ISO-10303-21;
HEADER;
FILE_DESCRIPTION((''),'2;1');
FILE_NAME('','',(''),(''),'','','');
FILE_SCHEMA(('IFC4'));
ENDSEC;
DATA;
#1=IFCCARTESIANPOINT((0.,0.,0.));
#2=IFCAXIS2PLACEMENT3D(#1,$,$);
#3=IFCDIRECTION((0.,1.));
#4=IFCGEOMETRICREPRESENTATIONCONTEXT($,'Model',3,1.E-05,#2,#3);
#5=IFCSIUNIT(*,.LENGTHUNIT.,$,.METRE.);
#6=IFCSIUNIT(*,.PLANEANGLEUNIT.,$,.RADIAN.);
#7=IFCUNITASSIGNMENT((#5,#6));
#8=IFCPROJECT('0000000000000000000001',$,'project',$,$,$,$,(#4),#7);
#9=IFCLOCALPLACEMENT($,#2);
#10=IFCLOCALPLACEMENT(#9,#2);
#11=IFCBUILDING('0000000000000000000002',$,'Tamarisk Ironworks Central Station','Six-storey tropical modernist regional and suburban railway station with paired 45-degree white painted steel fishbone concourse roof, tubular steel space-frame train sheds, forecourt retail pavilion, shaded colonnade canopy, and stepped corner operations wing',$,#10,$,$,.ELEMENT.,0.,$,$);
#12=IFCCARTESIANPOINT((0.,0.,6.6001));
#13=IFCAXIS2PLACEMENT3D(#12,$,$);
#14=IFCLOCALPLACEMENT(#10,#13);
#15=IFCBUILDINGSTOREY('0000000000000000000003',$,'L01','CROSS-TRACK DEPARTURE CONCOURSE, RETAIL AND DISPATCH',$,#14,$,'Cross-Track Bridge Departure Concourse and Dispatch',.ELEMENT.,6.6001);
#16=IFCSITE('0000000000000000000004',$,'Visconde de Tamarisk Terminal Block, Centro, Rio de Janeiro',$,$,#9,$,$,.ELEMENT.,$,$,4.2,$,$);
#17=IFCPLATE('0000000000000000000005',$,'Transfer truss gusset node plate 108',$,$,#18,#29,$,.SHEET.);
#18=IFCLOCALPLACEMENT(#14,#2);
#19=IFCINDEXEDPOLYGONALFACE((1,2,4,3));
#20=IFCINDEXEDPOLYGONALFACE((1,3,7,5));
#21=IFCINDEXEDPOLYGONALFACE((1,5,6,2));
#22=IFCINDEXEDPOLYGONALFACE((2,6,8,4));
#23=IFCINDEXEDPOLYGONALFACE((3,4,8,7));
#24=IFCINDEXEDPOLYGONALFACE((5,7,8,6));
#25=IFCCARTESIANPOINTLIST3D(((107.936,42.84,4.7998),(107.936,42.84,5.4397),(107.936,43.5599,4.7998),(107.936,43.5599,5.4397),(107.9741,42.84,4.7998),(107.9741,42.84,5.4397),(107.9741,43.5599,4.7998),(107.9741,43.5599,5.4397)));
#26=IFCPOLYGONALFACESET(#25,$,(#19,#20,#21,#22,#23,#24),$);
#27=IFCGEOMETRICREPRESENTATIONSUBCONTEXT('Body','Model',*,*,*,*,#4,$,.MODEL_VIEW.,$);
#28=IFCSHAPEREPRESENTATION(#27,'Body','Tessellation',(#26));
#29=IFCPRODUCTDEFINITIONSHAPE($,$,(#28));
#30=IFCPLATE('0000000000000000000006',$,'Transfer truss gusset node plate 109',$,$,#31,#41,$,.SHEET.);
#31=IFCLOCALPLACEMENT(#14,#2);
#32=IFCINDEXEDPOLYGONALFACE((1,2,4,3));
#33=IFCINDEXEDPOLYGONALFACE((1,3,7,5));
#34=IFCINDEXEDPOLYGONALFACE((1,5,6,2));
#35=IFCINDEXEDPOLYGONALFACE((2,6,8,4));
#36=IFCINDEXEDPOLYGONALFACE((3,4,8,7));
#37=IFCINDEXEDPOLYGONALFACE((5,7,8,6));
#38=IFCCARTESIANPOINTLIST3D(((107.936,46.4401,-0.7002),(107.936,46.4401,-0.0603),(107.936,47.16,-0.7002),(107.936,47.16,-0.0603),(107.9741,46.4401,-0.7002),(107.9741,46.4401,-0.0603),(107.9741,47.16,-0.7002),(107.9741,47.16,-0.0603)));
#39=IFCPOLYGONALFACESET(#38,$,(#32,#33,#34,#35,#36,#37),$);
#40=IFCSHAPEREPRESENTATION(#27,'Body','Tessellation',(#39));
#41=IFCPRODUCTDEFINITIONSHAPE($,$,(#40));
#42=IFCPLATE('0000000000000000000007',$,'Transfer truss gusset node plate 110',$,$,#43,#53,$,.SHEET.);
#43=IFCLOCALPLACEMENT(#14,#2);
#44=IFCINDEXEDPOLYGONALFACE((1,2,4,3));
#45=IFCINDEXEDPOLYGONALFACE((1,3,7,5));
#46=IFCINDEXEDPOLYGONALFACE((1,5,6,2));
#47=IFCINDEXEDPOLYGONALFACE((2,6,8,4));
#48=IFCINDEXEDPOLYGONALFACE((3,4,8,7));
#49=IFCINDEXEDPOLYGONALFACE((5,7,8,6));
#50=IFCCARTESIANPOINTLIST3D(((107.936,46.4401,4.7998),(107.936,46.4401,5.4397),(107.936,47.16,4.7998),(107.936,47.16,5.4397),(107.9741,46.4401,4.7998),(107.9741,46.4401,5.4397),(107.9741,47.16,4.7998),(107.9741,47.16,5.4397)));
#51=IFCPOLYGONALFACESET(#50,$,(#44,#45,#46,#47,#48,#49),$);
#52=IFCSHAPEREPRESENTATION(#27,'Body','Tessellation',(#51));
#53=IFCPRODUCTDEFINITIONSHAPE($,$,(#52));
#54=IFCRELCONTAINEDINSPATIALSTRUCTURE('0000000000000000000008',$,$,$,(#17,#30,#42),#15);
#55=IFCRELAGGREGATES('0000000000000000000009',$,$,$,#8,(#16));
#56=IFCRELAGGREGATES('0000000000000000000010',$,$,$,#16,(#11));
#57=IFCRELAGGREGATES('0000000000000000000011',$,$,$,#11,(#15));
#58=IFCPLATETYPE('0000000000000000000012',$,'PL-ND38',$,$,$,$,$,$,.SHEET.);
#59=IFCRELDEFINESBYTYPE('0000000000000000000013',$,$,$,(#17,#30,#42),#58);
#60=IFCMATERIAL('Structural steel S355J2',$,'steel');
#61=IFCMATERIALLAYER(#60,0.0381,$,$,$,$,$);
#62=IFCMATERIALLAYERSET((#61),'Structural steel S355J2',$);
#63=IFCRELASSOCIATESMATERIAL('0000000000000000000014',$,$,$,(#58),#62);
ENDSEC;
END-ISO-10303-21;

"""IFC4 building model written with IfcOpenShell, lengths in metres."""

from ifc_helpers import new_model, si_unit, direction, frame, origin, origin_2d, place, context, subcontext, project, spatial, rectangle, extrude, material, layer, layer_set, type_object, element, save


model = new_model("IFC4")

# Units and contexts
model_context = context("Model", 3, precision=1e-05, world=origin(), true_north=direction((0.0, 1.0)))
body_context = subcontext(model_context, "Body", "Model", "MODEL_VIEW")
ifc_project = project(units=[si_unit("LENGTHUNIT", "METRE"), si_unit("PLANEANGLEUNIT", "RADIAN")], contexts=[model_context])

# Site, building, storey
site_placement = place(None, origin())
site = spatial("IfcSite", under=ifc_project, at=site_placement, Name="Visconde de Tamarisk Terminal Block, Centro, Rio de Janeiro", CompositionType="ELEMENT", RefElevation=4.2)
building_placement = place(site_placement, origin())
building = spatial("IfcBuilding", under=site, at=building_placement, Name="Tamarisk Ironworks Central Station", Description="Six-storey tropical modernist regional and suburban railway station with paired 45-degree white painted steel fishbone concourse roof, tubular steel space-frame train sheds, forecourt retail pavilion, shaded colonnade canopy, and stepped corner operations wing", CompositionType="ELEMENT", ElevationOfRefHeight=0.0)
storey_placement = place(building_placement, frame((0.0, 0.0, 6.6001)))
storey = spatial("IfcBuildingStorey", under=building, at=storey_placement, Name="L01", Description="CROSS-TRACK DEPARTURE CONCOURSE, RETAIL AND DISPATCH", LongName="Cross-Track Bridge Departure Concourse and Dispatch", CompositionType="ELEMENT", Elevation=6.6001)

# Shared definitions
ifc_material_1 = material(Name="Structural steel S355J2", Category="steel")

# Plates
ifc_layer_1 = layer(ifc_material_1, 0.0381)
ifc_layer_set_1 = layer_set([ifc_layer_1], Name="Structural steel S355J2")
plate_type_1 = type_object("IfcPlateType", Name="PL-ND38", PredefinedType="SHEET", material=ifc_layer_set_1)
for number, where, z_axis, x_axis, name in (
    (1, (107.9551, 43.2, 4.7998), (0.0, 0.0, 1.0), (1.0, 0.0, 0.0), "Transfer truss gusset node plate 108"),
    (2, (107.9551, 46.8, -0.7002), (0.0, 0.0, 1.0), (1.0, 0.0, 0.0), "Transfer truss gusset node plate 109"),
    (3, (107.9551, 46.8, 4.7998), (0.0, 0.0, 1.0), (1.0, 0.0, 0.0), "Transfer truss gusset node plate 110"),
):
    element("IfcPlate", number, at=place(storey_placement, frame(where, z_axis=z_axis, x_axis=x_axis)), inside=storey, type_object=plate_type_1, Name=name, PredefinedType="SHEET", context=body_context, shape_type="SweptSolid", body=[
        extrude(rectangle(XDim=0.0381, YDim=0.72, at=origin_2d()), origin(), (0.0, 0.0, 1.0), 0.6399),
    ])

save(model, "model.ifc")
